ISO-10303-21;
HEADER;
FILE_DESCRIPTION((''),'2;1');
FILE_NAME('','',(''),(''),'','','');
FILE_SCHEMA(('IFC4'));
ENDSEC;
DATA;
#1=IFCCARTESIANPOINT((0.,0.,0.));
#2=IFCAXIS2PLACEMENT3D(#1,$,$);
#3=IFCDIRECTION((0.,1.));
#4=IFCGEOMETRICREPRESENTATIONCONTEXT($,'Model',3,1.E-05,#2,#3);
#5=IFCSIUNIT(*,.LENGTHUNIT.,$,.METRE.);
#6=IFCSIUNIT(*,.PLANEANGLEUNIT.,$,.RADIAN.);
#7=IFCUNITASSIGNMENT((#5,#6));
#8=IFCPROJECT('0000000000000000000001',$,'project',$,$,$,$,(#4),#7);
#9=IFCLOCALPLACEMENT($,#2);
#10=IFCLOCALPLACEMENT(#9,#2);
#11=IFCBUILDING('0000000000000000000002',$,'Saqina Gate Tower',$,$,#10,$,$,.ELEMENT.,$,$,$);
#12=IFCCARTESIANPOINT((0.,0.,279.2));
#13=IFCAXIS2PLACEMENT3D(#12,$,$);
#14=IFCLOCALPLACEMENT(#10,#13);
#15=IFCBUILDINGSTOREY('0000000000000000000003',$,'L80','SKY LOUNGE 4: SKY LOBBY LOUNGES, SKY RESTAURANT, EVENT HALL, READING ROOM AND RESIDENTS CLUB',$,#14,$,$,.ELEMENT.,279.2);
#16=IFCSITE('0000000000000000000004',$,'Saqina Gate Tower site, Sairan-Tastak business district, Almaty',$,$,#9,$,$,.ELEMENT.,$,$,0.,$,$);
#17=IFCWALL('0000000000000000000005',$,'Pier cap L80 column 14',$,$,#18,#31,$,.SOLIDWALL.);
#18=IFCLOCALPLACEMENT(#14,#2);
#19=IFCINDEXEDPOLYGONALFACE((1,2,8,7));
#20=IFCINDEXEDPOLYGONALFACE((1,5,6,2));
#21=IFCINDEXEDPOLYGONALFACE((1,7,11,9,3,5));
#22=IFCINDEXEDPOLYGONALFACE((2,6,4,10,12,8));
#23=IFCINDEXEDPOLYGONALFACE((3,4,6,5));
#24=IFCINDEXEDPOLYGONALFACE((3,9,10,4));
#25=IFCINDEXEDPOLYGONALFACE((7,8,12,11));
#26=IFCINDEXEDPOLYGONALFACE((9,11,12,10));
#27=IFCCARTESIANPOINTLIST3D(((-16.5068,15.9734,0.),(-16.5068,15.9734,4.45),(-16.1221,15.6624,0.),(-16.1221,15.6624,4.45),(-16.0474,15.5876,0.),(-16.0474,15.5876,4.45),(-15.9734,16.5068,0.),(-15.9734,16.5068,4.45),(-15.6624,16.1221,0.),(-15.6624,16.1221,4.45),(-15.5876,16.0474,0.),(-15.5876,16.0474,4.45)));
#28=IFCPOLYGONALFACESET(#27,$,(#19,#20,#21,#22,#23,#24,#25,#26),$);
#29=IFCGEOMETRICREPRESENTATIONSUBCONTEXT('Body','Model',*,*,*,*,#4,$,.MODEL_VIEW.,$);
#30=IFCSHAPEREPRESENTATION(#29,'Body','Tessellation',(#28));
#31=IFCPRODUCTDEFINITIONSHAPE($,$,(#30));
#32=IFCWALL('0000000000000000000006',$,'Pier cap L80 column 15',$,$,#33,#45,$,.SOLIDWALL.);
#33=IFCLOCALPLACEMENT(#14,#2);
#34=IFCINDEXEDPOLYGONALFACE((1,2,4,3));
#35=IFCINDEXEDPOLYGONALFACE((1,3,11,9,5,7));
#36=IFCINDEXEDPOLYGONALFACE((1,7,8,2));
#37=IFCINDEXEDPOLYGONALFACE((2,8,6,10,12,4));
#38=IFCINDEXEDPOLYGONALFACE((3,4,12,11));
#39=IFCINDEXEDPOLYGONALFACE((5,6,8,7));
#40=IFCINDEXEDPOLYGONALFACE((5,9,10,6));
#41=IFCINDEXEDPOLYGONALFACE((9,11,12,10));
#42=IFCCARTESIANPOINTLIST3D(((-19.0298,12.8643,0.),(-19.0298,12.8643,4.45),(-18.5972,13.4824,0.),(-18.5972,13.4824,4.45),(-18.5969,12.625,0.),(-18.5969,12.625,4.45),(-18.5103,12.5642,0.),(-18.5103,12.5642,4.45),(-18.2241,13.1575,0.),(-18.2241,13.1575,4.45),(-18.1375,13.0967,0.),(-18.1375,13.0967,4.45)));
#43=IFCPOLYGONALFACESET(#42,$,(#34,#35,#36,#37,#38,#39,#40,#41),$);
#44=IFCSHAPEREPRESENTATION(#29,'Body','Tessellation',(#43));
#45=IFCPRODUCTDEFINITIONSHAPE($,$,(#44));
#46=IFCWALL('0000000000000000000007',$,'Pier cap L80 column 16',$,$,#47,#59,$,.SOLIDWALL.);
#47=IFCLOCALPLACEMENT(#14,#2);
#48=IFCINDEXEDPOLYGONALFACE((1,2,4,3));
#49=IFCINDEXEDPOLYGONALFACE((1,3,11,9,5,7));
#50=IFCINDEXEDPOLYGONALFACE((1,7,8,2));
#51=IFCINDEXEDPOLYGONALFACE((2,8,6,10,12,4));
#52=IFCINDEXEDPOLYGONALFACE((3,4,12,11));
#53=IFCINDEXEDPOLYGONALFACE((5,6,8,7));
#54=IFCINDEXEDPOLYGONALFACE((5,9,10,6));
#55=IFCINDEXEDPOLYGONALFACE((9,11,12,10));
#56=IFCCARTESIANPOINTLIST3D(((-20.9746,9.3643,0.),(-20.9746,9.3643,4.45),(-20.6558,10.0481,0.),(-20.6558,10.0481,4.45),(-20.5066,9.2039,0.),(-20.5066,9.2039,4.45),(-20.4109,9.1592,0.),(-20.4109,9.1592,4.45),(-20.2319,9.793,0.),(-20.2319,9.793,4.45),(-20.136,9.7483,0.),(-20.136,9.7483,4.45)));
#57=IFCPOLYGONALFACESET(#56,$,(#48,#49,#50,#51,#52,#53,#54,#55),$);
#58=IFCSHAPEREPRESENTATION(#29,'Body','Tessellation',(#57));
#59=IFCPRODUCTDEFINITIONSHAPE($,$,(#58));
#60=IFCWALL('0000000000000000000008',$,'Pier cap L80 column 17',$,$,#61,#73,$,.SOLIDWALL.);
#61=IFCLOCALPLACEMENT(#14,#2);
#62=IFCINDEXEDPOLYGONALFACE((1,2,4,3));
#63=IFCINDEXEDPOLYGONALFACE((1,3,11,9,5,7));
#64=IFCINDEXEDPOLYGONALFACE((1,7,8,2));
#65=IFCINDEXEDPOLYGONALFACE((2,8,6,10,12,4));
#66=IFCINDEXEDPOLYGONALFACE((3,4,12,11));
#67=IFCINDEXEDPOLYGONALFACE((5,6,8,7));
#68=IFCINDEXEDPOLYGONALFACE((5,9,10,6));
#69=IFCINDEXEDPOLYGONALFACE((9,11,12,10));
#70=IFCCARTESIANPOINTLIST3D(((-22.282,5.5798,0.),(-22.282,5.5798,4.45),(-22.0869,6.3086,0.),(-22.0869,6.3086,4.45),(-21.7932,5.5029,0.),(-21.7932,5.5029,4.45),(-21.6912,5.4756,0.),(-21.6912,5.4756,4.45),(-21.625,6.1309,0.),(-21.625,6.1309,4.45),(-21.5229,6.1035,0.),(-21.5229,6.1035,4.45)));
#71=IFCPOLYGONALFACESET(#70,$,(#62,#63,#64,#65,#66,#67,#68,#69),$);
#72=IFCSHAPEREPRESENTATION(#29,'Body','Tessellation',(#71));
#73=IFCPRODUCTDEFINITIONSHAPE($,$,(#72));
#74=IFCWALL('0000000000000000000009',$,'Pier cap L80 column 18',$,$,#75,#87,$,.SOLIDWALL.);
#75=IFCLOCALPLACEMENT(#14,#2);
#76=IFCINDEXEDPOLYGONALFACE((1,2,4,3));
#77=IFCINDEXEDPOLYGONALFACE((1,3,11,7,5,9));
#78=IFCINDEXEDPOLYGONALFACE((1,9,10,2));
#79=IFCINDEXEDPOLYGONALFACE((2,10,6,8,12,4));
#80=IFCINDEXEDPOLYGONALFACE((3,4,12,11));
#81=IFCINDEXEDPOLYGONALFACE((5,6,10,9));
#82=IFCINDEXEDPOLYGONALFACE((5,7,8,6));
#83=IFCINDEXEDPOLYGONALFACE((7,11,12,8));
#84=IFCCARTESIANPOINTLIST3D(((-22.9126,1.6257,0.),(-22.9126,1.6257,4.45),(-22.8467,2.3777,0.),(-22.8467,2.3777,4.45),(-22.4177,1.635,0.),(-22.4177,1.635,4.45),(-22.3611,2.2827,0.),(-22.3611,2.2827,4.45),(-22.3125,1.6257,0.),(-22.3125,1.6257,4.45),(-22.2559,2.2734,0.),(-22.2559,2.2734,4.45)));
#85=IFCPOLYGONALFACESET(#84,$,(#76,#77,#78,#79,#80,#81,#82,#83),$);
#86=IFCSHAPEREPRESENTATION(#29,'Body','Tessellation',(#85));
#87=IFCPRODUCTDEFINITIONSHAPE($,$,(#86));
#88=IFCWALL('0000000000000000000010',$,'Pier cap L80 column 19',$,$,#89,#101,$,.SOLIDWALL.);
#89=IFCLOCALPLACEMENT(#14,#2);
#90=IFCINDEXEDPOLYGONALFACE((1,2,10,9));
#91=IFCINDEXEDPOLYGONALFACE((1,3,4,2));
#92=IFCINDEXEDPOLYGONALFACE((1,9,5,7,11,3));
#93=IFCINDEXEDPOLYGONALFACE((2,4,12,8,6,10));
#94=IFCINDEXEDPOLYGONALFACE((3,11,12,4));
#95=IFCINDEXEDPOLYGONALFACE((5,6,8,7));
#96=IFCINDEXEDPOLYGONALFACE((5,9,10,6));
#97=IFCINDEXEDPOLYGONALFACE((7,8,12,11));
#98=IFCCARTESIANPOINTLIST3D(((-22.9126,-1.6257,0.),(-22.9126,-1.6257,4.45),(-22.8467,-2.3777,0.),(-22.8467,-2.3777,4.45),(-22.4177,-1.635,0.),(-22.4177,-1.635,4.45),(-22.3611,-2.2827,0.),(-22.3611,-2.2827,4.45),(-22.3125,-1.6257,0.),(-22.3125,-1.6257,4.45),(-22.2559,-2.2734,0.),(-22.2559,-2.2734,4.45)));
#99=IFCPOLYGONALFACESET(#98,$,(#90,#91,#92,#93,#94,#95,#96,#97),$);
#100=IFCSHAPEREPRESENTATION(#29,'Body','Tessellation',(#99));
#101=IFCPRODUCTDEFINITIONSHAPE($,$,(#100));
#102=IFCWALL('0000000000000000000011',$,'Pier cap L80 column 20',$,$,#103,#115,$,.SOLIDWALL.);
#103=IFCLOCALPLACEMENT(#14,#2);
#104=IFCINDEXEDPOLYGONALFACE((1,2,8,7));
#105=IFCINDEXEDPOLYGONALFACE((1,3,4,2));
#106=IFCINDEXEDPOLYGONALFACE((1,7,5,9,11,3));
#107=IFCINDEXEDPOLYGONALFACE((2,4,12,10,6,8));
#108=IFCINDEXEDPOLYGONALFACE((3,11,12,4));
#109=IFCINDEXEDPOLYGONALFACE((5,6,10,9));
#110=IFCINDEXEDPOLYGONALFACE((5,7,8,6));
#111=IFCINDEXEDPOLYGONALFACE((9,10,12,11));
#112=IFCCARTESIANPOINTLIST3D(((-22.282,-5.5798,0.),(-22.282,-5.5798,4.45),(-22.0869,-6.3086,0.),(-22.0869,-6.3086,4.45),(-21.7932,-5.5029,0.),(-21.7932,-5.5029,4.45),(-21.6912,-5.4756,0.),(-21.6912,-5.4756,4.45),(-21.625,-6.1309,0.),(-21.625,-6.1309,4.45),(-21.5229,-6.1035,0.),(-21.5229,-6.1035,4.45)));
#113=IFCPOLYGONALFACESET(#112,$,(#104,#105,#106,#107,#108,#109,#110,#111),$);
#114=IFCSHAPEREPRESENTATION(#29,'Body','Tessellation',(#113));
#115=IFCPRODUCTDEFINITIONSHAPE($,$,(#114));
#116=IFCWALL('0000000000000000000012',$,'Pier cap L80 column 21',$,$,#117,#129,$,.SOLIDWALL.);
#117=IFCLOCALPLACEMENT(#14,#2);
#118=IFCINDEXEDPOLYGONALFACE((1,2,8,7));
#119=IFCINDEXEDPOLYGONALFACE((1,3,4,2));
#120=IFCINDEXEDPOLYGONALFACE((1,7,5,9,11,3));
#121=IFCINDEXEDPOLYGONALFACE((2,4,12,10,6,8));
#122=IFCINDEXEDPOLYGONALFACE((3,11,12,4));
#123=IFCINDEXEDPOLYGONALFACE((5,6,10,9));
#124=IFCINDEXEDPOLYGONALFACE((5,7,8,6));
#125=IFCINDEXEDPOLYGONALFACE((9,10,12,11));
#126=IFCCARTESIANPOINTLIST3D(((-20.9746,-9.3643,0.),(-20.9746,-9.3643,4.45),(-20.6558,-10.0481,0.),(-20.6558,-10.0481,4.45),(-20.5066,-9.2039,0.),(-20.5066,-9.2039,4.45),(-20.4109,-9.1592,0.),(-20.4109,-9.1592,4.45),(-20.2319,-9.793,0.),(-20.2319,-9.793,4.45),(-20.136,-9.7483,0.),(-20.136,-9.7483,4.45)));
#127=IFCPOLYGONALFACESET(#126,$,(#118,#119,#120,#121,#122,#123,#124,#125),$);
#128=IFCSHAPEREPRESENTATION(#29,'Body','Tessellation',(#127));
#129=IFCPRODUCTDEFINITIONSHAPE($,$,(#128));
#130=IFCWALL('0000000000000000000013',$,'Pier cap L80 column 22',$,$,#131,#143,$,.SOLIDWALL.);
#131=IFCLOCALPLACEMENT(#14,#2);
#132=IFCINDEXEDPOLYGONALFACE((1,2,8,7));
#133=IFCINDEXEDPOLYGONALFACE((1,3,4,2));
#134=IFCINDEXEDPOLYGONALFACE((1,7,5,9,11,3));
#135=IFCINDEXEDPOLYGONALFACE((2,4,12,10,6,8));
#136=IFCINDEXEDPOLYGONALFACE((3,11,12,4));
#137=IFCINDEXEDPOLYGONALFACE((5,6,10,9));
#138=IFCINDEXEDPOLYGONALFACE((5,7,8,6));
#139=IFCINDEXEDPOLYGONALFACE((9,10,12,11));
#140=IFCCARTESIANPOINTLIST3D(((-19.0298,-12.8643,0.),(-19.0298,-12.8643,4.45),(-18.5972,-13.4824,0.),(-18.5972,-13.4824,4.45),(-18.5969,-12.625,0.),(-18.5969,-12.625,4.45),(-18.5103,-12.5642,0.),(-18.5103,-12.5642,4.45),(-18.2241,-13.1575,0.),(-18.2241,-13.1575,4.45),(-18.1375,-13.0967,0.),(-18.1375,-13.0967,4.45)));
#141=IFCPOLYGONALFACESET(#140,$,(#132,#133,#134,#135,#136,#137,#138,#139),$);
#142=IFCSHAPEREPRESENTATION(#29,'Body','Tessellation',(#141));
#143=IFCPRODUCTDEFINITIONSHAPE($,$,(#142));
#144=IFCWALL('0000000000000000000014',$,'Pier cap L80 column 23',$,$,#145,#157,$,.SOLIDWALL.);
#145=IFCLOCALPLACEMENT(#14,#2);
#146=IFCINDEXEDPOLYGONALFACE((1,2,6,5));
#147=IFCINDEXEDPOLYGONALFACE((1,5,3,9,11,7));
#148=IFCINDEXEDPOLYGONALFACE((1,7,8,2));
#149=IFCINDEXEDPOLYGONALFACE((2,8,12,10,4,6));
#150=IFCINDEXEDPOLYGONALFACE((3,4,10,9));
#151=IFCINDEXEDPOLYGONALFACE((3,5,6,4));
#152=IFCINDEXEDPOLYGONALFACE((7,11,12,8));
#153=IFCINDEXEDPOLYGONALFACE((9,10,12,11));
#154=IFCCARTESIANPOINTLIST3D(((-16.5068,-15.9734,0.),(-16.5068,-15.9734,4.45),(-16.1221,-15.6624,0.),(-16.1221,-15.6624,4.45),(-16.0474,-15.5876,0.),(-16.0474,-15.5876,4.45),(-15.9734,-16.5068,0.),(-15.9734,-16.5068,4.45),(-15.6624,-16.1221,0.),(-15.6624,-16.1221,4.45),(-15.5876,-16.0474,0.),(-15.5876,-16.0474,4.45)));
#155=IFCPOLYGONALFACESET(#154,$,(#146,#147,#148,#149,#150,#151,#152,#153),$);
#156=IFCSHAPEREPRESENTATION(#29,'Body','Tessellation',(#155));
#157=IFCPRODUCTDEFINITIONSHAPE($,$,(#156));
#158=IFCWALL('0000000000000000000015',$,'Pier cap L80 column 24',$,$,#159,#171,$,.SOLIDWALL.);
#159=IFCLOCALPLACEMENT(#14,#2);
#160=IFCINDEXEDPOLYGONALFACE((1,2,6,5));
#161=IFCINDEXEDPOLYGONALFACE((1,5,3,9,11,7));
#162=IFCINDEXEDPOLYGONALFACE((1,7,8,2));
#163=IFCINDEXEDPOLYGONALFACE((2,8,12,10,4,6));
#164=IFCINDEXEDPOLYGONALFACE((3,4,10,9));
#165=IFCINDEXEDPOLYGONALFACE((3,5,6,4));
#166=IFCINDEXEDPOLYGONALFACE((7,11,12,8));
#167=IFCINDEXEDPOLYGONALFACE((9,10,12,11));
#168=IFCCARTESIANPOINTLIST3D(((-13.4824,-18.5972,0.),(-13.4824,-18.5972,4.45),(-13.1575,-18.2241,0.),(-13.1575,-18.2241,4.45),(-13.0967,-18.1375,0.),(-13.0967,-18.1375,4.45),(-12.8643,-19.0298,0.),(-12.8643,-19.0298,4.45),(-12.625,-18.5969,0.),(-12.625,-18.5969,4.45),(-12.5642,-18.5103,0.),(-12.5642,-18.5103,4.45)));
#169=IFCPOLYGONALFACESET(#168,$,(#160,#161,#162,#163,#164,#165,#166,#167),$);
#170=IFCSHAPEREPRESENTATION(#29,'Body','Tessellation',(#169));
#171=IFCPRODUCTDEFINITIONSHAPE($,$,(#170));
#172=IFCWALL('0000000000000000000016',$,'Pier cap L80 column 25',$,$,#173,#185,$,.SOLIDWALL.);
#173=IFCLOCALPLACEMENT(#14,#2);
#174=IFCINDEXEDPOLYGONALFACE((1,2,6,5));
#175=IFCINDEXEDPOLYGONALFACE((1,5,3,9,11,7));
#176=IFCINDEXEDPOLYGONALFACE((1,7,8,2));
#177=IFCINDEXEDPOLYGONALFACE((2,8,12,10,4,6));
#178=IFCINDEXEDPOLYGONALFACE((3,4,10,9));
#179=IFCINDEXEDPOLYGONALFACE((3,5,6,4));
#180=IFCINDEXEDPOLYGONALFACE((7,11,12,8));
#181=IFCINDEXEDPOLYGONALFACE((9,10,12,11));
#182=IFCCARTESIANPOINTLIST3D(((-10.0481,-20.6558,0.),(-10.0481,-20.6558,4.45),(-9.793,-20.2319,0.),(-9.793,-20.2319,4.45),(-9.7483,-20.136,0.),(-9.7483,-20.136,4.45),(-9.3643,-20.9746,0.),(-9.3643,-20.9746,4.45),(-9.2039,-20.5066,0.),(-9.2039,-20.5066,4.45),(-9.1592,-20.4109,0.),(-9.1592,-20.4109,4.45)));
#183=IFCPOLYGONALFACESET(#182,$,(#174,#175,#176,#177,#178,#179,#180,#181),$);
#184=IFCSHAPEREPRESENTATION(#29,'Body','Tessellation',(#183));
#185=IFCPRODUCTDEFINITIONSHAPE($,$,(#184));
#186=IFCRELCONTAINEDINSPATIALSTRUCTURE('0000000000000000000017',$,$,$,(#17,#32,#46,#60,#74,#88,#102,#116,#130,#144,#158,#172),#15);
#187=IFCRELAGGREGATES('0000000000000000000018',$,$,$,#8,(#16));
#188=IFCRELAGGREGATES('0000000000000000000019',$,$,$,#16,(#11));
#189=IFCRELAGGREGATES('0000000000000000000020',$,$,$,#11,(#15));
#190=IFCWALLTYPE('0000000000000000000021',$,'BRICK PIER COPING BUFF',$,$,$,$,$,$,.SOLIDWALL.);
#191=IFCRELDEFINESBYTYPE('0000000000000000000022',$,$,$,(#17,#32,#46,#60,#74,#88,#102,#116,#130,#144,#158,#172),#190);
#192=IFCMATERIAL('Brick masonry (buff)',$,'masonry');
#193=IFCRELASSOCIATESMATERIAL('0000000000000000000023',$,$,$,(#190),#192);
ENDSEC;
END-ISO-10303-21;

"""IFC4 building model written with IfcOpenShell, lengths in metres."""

from ifc_helpers import new_model, si_unit, direction, frame, origin, place, context, subcontext, project, spatial, polyline, outline, extrude, material, type_object, element, save


model = new_model("IFC4")

# Units and contexts
model_context = context("Model", 3, precision=1e-05, world=origin(), true_north=direction((0.0, 1.0)))
body_context = subcontext(model_context, "Body", "Model", "MODEL_VIEW")
ifc_project = project(units=[si_unit("LENGTHUNIT", "METRE"), si_unit("PLANEANGLEUNIT", "RADIAN")], contexts=[model_context])

# Site, building, storey
site_placement = place(None, origin())
site = spatial("IfcSite", under=ifc_project, at=site_placement, Name="Saqina Gate Tower site, Sairan-Tastak business district, Almaty", CompositionType="ELEMENT", RefElevation=0.0)
building_placement = place(site_placement, origin())
building = spatial("IfcBuilding", under=site, at=building_placement, Name="Saqina Gate Tower", CompositionType="ELEMENT")
storey_placement = place(building_placement, frame((0.0, 0.0, 279.2)))
storey = spatial("IfcBuildingStorey", under=building, at=storey_placement, Name="L80", Description="SKY LOUNGE 4: SKY LOBBY LOUNGES, SKY RESTAURANT, EVENT HALL, READING ROOM AND RESIDENTS CLUB", CompositionType="ELEMENT", Elevation=279.2)

# Walls
ifc_material_1 = material(Name="Brick masonry (buff)", Category="masonry")
wall_type = type_object("IfcWallType", Name="BRICK PIER COPING BUFF", PredefinedType="SOLIDWALL", material=ifc_material_1)
wall_1_placement = place(storey_placement, origin())
element("IfcWall", 1, at=wall_1_placement, inside=storey, type_object=wall_type, Name="Pier cap L80 column 14", PredefinedType="SOLIDWALL", context=body_context, shape_type="SweptSolid", body=[
    extrude(outline(polyline([(-16.5068, 15.9734), (-16.0474, 15.5876), (-16.1221, 15.6624), (-15.6624, 16.1221), (-15.5876, 16.0474), (-15.9734, 16.5068), (-16.5068, 15.9734)])), origin(), (0.0, 0.0, 1.0), 4.45),
])
wall_2_placement = place(storey_placement, origin())
element("IfcWall", 2, at=wall_2_placement, inside=storey, type_object=wall_type, Name="Pier cap L80 column 15", PredefinedType="SOLIDWALL", context=body_context, shape_type="SweptSolid", body=[
    extrude(outline(polyline([(-19.0298, 12.8643), (-18.5103, 12.5642), (-18.5969, 12.625), (-18.2241, 13.1575), (-18.1375, 13.0967), (-18.5972, 13.4824), (-19.0298, 12.8643)])), origin(), (0.0, 0.0, 1.0), 4.45),
])
wall_3_placement = place(storey_placement, origin())
element("IfcWall", 3, at=wall_3_placement, inside=storey, type_object=wall_type, Name="Pier cap L80 column 16", PredefinedType="SOLIDWALL", context=body_context, shape_type="SweptSolid", body=[
    extrude(outline(polyline([(-20.6558, 10.0481), (-20.9746, 9.3643), (-20.4109, 9.1592), (-20.5066, 9.2039), (-20.2319, 9.793), (-20.136, 9.7483), (-20.6558, 10.0481)])), origin(), (0.0, 0.0, 1.0), 4.45),
])
wall_4_placement = place(storey_placement, origin())
element("IfcWall", 4, at=wall_4_placement, inside=storey, type_object=wall_type, Name="Pier cap L80 column 17", PredefinedType="SOLIDWALL", context=body_context, shape_type="SweptSolid", body=[
    extrude(outline(polyline([(-22.282, 5.5798), (-21.6912, 5.4756), (-21.7932, 5.5029), (-21.625, 6.1309), (-21.5229, 6.1035), (-22.0869, 6.3086), (-22.282, 5.5798)])), origin(), (0.0, 0.0, 1.0), 4.45),
])
wall_5_placement = place(storey_placement, origin())
element("IfcWall", 5, at=wall_5_placement, inside=storey, type_object=wall_type, Name="Pier cap L80 column 18", PredefinedType="SOLIDWALL", context=body_context, shape_type="SweptSolid", body=[
    extrude(outline(polyline([(-22.8467, 2.3777), (-22.9126, 1.6257), (-22.3125, 1.6257), (-22.4177, 1.635), (-22.3611, 2.2827), (-22.2559, 2.2734), (-22.8467, 2.3777)])), origin(), (0.0, 0.0, 1.0), 4.45),
])
wall_6_placement = place(storey_placement, origin())
element("IfcWall", 6, at=wall_6_placement, inside=storey, type_object=wall_type, Name="Pier cap L80 column 19", PredefinedType="SOLIDWALL", context=body_context, shape_type="SweptSolid", body=[
    extrude(outline(polyline([(-22.9126, -1.6257), (-22.8467, -2.3777), (-22.2559, -2.2734), (-22.3611, -2.2827), (-22.4177, -1.635), (-22.3125, -1.6257), (-22.9126, -1.6257)])), origin(), (0.0, 0.0, 1.0), 4.45),
])
wall_7_placement = place(storey_placement, origin())
element("IfcWall", 7, at=wall_7_placement, inside=storey, type_object=wall_type, Name="Pier cap L80 column 20", PredefinedType="SOLIDWALL", context=body_context, shape_type="SweptSolid", body=[
    extrude(outline(polyline([(-22.0869, -6.3086), (-21.5229, -6.1035), (-21.625, -6.1309), (-21.7932, -5.5029), (-21.6912, -5.4756), (-22.282, -5.5798), (-22.0869, -6.3086)])), origin(), (0.0, 0.0, 1.0), 4.45),
])
wall_8_placement = place(storey_placement, origin())
element("IfcWall", 8, at=wall_8_placement, inside=storey, type_object=wall_type, Name="Pier cap L80 column 21", PredefinedType="SOLIDWALL", context=body_context, shape_type="SweptSolid", body=[
    extrude(outline(polyline([(-20.9746, -9.3643), (-20.6558, -10.0481), (-20.136, -9.7483), (-20.2319, -9.793), (-20.5066, -9.2039), (-20.4109, -9.1592), (-20.9746, -9.3643)])), origin(), (0.0, 0.0, 1.0), 4.45),
])
wall_9_placement = place(storey_placement, origin())
element("IfcWall", 9, at=wall_9_placement, inside=storey, type_object=wall_type, Name="Pier cap L80 column 22", PredefinedType="SOLIDWALL", context=body_context, shape_type="SweptSolid", body=[
    extrude(outline(polyline([(-19.0298, -12.8643), (-18.5972, -13.4824), (-18.1375, -13.0967), (-18.2241, -13.1575), (-18.5969, -12.625), (-18.5103, -12.5642), (-19.0298, -12.8643)])), origin(), (0.0, 0.0, 1.0), 4.45),
])
wall_10_placement = place(storey_placement, origin())
element("IfcWall", 10, at=wall_10_placement, inside=storey, type_object=wall_type, Name="Pier cap L80 column 23", PredefinedType="SOLIDWALL", context=body_context, shape_type="SweptSolid", body=[
    extrude(outline(polyline([(-15.9734, -16.5068), (-15.5876, -16.0474), (-15.6624, -16.1221), (-16.1221, -15.6624), (-16.0474, -15.5876), (-16.5068, -15.9734), (-15.9734, -16.5068)])), origin(), (0.0, 0.0, 1.0), 4.45),
])
wall_11_placement = place(storey_placement, origin())
element("IfcWall", 11, at=wall_11_placement, inside=storey, type_object=wall_type, Name="Pier cap L80 column 24", PredefinedType="SOLIDWALL", context=body_context, shape_type="SweptSolid", body=[
    extrude(outline(polyline([(-12.8643, -19.0298), (-12.5642, -18.5103), (-12.625, -18.5969), (-13.1575, -18.2241), (-13.0967, -18.1375), (-13.4824, -18.5972), (-12.8643, -19.0298)])), origin(), (0.0, 0.0, 1.0), 4.45),
])
wall_12_placement = place(storey_placement, origin())
element("IfcWall", 12, at=wall_12_placement, inside=storey, type_object=wall_type, Name="Pier cap L80 column 25", PredefinedType="SOLIDWALL", context=body_context, shape_type="SweptSolid", body=[
    extrude(outline(polyline([(-10.0481, -20.6558), (-9.3643, -20.9746), (-9.1592, -20.4109), (-9.2039, -20.5066), (-9.793, -20.2319), (-9.7483, -20.136), (-10.0481, -20.6558)])), origin(), (0.0, 0.0, 1.0), 4.45),
])

save(model, "model.ifc")
